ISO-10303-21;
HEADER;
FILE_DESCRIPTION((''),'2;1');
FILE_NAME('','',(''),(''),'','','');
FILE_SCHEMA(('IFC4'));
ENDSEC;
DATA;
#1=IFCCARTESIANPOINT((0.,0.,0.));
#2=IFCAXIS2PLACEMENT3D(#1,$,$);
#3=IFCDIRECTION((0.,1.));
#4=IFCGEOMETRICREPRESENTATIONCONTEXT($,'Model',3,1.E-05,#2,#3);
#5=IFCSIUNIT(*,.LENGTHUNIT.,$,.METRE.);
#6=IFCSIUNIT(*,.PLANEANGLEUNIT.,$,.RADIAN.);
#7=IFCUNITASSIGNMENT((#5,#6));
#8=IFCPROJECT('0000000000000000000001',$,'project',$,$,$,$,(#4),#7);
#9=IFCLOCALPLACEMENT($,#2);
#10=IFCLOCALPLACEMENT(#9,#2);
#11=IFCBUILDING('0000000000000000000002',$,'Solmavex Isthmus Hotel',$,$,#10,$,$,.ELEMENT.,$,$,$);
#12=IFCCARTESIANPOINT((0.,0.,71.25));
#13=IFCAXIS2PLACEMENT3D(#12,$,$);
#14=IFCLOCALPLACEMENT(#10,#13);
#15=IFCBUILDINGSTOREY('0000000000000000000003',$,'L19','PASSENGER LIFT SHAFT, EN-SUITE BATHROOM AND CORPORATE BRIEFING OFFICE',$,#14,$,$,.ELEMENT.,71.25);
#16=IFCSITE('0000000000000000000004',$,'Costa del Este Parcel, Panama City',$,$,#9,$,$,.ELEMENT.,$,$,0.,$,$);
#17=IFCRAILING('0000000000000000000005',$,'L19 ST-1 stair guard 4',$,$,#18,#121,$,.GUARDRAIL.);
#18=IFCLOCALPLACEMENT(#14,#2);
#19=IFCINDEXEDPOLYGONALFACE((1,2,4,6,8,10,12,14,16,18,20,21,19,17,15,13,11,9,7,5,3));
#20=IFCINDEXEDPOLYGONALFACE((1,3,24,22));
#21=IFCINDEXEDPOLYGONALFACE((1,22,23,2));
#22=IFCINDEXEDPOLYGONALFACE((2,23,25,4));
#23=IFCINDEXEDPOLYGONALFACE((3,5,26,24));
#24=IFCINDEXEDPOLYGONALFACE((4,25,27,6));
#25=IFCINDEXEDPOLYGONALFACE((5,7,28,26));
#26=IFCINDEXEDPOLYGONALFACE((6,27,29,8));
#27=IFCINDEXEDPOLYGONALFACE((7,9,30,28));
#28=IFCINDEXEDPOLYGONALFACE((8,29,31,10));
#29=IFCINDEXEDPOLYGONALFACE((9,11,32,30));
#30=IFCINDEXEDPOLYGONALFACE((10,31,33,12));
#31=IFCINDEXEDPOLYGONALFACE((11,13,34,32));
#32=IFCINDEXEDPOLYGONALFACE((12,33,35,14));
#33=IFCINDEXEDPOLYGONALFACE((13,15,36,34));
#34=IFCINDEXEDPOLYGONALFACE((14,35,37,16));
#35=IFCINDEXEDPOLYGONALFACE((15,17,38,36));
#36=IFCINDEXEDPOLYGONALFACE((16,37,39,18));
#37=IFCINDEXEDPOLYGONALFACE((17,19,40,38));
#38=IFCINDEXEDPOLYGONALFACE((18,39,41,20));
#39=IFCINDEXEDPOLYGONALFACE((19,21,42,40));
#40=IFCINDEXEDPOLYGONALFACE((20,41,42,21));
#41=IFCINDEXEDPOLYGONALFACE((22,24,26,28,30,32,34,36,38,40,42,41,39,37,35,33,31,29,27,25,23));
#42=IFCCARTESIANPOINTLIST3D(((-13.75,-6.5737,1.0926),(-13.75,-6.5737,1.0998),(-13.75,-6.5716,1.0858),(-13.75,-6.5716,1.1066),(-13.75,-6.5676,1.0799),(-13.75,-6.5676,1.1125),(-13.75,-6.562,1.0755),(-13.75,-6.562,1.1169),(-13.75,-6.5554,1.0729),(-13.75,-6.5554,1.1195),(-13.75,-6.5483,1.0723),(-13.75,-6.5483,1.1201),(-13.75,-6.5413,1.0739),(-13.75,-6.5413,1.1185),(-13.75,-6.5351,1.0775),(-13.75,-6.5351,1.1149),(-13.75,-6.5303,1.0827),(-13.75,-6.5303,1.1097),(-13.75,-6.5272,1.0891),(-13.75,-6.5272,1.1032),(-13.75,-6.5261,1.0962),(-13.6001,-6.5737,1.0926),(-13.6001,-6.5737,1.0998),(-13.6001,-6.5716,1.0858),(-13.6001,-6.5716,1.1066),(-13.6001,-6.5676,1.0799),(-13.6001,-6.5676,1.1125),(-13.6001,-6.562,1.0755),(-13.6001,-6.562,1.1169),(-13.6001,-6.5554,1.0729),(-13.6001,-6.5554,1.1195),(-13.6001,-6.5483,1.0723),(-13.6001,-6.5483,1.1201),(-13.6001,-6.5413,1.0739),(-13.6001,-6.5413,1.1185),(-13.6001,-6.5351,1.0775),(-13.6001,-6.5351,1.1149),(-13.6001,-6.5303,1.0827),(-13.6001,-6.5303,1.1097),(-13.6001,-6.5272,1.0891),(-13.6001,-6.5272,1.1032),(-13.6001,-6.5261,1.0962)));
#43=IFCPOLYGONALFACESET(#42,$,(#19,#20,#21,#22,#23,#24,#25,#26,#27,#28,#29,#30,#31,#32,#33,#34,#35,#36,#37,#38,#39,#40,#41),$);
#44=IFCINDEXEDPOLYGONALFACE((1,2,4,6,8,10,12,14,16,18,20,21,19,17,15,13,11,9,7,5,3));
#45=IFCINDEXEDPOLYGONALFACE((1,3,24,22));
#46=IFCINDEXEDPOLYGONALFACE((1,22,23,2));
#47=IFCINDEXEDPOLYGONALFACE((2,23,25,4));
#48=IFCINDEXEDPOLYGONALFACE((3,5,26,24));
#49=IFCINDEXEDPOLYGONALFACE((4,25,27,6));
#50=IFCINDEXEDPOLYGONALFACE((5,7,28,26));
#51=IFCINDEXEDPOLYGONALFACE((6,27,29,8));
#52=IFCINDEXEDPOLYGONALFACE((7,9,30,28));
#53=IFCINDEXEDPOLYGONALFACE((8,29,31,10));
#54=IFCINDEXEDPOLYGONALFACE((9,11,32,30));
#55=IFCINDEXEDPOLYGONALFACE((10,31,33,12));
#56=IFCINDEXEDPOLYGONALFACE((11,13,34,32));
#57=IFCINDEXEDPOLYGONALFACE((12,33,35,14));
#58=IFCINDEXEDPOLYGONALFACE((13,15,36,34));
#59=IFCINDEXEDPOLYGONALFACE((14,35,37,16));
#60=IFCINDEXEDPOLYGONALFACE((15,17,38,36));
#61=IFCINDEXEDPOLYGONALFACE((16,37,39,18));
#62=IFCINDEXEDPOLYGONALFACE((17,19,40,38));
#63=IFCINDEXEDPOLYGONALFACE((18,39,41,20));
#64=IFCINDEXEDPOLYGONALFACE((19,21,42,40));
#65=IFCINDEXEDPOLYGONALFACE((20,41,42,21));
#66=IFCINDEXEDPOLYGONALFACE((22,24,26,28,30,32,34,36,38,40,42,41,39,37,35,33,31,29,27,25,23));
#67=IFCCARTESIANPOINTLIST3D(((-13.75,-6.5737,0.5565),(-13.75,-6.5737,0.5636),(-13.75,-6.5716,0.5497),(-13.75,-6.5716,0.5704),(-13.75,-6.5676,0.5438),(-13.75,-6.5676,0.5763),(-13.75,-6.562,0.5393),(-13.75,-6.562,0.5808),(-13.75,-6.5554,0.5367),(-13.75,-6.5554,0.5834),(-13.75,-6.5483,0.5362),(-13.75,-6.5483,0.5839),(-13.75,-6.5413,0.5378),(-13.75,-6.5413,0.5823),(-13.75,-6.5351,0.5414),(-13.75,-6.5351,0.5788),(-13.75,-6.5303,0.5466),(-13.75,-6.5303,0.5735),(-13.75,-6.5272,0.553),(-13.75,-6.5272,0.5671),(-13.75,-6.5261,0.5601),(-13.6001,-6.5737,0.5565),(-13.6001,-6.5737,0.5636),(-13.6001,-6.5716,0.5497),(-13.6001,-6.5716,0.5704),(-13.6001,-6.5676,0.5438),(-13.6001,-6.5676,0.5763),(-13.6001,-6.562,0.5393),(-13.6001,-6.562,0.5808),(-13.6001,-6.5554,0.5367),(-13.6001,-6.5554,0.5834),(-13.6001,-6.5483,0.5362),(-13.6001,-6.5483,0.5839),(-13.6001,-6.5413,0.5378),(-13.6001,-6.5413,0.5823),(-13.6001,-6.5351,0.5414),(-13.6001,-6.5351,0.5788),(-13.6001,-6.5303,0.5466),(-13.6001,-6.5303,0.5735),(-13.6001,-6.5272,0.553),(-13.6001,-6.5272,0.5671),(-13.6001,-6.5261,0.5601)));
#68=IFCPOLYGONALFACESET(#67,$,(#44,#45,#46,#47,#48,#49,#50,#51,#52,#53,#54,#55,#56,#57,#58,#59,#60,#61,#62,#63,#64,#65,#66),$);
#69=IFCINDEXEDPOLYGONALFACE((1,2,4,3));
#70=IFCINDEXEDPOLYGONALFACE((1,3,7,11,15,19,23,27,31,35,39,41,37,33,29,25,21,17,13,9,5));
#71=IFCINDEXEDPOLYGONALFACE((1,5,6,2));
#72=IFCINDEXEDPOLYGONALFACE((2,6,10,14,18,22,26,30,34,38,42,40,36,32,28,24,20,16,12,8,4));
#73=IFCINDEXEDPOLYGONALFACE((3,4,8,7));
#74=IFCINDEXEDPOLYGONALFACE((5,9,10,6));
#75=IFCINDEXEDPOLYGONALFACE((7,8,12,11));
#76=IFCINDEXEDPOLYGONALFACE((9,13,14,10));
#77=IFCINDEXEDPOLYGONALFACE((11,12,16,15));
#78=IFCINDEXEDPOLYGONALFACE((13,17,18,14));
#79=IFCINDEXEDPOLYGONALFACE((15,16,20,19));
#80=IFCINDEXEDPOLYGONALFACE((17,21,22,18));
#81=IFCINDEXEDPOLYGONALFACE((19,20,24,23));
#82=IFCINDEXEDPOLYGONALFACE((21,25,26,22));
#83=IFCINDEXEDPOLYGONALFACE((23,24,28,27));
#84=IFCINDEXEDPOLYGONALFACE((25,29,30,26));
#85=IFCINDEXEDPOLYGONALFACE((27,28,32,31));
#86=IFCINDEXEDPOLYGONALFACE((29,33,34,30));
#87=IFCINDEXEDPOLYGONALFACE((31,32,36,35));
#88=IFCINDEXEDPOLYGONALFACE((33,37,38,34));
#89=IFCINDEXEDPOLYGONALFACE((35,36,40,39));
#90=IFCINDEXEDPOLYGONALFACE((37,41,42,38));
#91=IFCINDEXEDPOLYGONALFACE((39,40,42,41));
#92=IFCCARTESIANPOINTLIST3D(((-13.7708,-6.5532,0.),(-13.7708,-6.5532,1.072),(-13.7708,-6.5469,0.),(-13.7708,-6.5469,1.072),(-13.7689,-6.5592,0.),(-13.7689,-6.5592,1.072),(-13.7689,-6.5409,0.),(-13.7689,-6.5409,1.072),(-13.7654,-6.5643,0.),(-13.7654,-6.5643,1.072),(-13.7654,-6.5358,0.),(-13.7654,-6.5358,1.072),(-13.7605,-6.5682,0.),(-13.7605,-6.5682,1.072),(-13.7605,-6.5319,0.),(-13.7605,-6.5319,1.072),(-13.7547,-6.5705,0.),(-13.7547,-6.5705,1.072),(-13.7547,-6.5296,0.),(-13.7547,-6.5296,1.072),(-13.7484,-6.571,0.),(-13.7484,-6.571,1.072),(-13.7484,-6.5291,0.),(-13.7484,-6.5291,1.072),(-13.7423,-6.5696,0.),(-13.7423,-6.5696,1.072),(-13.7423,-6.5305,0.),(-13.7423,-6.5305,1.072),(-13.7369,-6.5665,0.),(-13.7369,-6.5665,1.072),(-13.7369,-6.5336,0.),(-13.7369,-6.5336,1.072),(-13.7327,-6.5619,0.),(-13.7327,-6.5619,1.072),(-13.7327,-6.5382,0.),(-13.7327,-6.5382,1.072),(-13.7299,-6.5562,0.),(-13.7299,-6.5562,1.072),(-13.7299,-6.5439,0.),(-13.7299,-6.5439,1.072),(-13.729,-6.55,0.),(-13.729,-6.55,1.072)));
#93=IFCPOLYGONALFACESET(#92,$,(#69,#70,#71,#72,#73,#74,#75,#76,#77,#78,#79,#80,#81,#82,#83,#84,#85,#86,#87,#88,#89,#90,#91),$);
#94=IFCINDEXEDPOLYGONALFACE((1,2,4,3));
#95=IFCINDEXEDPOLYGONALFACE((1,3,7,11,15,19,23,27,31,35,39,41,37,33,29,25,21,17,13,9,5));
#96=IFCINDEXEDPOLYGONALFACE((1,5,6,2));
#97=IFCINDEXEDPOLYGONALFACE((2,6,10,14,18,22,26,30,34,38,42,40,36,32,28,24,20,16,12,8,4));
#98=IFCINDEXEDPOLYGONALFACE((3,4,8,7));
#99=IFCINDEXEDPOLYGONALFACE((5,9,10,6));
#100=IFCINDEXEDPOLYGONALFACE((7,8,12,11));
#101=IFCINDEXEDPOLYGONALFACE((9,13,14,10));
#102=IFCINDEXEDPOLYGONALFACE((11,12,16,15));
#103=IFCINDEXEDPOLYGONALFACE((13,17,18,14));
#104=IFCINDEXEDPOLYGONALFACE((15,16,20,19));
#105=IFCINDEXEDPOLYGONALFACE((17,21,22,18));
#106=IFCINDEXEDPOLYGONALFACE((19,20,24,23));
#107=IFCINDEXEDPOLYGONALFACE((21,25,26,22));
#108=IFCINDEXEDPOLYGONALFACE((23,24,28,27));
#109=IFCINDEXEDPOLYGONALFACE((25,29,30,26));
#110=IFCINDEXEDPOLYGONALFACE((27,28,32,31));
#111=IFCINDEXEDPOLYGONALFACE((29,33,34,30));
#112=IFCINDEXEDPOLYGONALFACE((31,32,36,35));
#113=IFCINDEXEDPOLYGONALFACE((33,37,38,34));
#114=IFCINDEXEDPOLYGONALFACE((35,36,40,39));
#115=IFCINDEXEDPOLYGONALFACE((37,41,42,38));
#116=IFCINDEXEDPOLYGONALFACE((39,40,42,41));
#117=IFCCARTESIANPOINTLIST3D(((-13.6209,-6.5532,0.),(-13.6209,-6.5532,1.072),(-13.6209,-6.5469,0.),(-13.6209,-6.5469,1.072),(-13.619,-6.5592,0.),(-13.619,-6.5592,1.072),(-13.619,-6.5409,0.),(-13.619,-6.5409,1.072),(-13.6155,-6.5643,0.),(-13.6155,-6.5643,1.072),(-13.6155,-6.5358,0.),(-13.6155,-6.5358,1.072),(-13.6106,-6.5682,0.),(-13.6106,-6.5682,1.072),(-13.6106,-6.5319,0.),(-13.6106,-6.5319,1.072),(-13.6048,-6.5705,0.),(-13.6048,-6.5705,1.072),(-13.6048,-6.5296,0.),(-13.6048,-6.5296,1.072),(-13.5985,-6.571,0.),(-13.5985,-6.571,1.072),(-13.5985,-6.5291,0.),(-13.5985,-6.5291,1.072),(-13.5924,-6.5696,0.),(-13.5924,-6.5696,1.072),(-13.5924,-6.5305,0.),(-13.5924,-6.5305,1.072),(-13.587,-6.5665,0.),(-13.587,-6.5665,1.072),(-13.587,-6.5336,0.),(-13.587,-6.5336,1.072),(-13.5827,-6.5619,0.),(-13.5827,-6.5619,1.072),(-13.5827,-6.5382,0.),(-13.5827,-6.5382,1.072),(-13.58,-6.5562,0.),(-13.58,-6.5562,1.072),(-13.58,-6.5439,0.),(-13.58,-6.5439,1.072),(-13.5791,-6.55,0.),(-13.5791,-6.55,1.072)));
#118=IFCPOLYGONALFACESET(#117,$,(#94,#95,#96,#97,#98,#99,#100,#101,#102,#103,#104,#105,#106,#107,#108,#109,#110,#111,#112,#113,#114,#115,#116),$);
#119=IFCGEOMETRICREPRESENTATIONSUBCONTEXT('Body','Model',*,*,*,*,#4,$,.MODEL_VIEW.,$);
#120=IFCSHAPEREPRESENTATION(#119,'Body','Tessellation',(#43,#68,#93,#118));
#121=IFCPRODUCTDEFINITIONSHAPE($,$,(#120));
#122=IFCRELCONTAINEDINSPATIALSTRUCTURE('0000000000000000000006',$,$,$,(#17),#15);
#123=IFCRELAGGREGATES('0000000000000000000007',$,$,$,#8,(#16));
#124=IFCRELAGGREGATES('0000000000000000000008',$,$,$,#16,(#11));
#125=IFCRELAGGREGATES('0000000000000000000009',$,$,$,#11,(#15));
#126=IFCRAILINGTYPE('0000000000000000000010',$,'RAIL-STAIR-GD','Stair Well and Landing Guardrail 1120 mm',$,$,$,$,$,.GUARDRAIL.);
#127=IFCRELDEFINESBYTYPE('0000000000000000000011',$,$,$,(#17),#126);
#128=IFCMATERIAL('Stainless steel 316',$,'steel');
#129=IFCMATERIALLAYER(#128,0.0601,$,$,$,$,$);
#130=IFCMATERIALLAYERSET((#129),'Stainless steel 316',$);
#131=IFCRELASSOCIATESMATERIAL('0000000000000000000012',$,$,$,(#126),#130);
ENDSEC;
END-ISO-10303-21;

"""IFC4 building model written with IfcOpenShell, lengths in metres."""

from ifc_helpers import new_model, si_unit, direction, frame, origin, origin_2d, place, context, subcontext, project, spatial, circle, extrude, material, layer, layer_set, type_object, element, save


model = new_model("IFC4")

# Units and contexts
model_context = context("Model", 3, precision=1e-05, world=origin(), true_north=direction((0.0, 1.0)))
body_context = subcontext(model_context, "Body", "Model", "MODEL_VIEW")
ifc_project = project(units=[si_unit("LENGTHUNIT", "METRE"), si_unit("PLANEANGLEUNIT", "RADIAN")], contexts=[model_context])

# Site, building, storey
site_placement = place(None, origin())
site = spatial("IfcSite", under=ifc_project, at=site_placement, Name="Costa del Este Parcel, Panama City", CompositionType="ELEMENT", RefElevation=0.0)
building_placement = place(site_placement, origin())
building = spatial("IfcBuilding", under=site, at=building_placement, Name="Solmavex Isthmus Hotel", CompositionType="ELEMENT")
storey_placement = place(building_placement, frame((0.0, 0.0, 71.25)))
storey = spatial("IfcBuildingStorey", under=building, at=storey_placement, Name="L19", Description="PASSENGER LIFT SHAFT, EN-SUITE BATHROOM AND CORPORATE BRIEFING OFFICE", CompositionType="ELEMENT", Elevation=71.25)

# Shared definitions
ifc_material_1 = material(Name="Stainless steel 316", Category="steel")

# Railing
ifc_layer_1 = layer(ifc_material_1, 0.0601)
ifc_layer_set_1 = layer_set([ifc_layer_1], Name="Stainless steel 316")
railing_type_1 = type_object("IfcRailingType", Name="RAIL-STAIR-GD", Description="Stair Well and Landing Guardrail 1120 mm", PredefinedType="GUARDRAIL", material=ifc_layer_set_1)
railing_1_placement = place(storey_placement, frame((-13.75, -6.55, 0.0)))
element("IfcRailing", 1, at=railing_1_placement, inside=storey, type_object=railing_type_1, Name="L19 ST-1 stair guard 4", PredefinedType="GUARDRAIL", context=body_context, shape_type="SweptSolid", body=[
    extrude(circle(Radius=0.0239, at=origin_2d()), frame((0.0, 0.0, 1.0962), z_axis=(1.0, 0.0, 0.0), x_axis=(0.0, 1.0, 0.0)), (0.0, 0.0, 1.0), 0.1499),
    extrude(circle(Radius=0.0239, at=origin_2d()), frame((0.0, 0.0, 0.5601), z_axis=(1.0, 0.0, 0.0), x_axis=(0.0, 1.0, 0.0)), (0.0, 0.0, 1.0), 0.1499),
    extrude(circle(Radius=0.021, at=origin_2d()), origin(), (0.0, 0.0, 1.0), 1.072),
    extrude(circle(Radius=0.021, at=origin_2d()), frame((0.1499, 0.0, 0.0)), (0.0, 0.0, 1.0), 1.072),
])

save(model, "model.ifc")
